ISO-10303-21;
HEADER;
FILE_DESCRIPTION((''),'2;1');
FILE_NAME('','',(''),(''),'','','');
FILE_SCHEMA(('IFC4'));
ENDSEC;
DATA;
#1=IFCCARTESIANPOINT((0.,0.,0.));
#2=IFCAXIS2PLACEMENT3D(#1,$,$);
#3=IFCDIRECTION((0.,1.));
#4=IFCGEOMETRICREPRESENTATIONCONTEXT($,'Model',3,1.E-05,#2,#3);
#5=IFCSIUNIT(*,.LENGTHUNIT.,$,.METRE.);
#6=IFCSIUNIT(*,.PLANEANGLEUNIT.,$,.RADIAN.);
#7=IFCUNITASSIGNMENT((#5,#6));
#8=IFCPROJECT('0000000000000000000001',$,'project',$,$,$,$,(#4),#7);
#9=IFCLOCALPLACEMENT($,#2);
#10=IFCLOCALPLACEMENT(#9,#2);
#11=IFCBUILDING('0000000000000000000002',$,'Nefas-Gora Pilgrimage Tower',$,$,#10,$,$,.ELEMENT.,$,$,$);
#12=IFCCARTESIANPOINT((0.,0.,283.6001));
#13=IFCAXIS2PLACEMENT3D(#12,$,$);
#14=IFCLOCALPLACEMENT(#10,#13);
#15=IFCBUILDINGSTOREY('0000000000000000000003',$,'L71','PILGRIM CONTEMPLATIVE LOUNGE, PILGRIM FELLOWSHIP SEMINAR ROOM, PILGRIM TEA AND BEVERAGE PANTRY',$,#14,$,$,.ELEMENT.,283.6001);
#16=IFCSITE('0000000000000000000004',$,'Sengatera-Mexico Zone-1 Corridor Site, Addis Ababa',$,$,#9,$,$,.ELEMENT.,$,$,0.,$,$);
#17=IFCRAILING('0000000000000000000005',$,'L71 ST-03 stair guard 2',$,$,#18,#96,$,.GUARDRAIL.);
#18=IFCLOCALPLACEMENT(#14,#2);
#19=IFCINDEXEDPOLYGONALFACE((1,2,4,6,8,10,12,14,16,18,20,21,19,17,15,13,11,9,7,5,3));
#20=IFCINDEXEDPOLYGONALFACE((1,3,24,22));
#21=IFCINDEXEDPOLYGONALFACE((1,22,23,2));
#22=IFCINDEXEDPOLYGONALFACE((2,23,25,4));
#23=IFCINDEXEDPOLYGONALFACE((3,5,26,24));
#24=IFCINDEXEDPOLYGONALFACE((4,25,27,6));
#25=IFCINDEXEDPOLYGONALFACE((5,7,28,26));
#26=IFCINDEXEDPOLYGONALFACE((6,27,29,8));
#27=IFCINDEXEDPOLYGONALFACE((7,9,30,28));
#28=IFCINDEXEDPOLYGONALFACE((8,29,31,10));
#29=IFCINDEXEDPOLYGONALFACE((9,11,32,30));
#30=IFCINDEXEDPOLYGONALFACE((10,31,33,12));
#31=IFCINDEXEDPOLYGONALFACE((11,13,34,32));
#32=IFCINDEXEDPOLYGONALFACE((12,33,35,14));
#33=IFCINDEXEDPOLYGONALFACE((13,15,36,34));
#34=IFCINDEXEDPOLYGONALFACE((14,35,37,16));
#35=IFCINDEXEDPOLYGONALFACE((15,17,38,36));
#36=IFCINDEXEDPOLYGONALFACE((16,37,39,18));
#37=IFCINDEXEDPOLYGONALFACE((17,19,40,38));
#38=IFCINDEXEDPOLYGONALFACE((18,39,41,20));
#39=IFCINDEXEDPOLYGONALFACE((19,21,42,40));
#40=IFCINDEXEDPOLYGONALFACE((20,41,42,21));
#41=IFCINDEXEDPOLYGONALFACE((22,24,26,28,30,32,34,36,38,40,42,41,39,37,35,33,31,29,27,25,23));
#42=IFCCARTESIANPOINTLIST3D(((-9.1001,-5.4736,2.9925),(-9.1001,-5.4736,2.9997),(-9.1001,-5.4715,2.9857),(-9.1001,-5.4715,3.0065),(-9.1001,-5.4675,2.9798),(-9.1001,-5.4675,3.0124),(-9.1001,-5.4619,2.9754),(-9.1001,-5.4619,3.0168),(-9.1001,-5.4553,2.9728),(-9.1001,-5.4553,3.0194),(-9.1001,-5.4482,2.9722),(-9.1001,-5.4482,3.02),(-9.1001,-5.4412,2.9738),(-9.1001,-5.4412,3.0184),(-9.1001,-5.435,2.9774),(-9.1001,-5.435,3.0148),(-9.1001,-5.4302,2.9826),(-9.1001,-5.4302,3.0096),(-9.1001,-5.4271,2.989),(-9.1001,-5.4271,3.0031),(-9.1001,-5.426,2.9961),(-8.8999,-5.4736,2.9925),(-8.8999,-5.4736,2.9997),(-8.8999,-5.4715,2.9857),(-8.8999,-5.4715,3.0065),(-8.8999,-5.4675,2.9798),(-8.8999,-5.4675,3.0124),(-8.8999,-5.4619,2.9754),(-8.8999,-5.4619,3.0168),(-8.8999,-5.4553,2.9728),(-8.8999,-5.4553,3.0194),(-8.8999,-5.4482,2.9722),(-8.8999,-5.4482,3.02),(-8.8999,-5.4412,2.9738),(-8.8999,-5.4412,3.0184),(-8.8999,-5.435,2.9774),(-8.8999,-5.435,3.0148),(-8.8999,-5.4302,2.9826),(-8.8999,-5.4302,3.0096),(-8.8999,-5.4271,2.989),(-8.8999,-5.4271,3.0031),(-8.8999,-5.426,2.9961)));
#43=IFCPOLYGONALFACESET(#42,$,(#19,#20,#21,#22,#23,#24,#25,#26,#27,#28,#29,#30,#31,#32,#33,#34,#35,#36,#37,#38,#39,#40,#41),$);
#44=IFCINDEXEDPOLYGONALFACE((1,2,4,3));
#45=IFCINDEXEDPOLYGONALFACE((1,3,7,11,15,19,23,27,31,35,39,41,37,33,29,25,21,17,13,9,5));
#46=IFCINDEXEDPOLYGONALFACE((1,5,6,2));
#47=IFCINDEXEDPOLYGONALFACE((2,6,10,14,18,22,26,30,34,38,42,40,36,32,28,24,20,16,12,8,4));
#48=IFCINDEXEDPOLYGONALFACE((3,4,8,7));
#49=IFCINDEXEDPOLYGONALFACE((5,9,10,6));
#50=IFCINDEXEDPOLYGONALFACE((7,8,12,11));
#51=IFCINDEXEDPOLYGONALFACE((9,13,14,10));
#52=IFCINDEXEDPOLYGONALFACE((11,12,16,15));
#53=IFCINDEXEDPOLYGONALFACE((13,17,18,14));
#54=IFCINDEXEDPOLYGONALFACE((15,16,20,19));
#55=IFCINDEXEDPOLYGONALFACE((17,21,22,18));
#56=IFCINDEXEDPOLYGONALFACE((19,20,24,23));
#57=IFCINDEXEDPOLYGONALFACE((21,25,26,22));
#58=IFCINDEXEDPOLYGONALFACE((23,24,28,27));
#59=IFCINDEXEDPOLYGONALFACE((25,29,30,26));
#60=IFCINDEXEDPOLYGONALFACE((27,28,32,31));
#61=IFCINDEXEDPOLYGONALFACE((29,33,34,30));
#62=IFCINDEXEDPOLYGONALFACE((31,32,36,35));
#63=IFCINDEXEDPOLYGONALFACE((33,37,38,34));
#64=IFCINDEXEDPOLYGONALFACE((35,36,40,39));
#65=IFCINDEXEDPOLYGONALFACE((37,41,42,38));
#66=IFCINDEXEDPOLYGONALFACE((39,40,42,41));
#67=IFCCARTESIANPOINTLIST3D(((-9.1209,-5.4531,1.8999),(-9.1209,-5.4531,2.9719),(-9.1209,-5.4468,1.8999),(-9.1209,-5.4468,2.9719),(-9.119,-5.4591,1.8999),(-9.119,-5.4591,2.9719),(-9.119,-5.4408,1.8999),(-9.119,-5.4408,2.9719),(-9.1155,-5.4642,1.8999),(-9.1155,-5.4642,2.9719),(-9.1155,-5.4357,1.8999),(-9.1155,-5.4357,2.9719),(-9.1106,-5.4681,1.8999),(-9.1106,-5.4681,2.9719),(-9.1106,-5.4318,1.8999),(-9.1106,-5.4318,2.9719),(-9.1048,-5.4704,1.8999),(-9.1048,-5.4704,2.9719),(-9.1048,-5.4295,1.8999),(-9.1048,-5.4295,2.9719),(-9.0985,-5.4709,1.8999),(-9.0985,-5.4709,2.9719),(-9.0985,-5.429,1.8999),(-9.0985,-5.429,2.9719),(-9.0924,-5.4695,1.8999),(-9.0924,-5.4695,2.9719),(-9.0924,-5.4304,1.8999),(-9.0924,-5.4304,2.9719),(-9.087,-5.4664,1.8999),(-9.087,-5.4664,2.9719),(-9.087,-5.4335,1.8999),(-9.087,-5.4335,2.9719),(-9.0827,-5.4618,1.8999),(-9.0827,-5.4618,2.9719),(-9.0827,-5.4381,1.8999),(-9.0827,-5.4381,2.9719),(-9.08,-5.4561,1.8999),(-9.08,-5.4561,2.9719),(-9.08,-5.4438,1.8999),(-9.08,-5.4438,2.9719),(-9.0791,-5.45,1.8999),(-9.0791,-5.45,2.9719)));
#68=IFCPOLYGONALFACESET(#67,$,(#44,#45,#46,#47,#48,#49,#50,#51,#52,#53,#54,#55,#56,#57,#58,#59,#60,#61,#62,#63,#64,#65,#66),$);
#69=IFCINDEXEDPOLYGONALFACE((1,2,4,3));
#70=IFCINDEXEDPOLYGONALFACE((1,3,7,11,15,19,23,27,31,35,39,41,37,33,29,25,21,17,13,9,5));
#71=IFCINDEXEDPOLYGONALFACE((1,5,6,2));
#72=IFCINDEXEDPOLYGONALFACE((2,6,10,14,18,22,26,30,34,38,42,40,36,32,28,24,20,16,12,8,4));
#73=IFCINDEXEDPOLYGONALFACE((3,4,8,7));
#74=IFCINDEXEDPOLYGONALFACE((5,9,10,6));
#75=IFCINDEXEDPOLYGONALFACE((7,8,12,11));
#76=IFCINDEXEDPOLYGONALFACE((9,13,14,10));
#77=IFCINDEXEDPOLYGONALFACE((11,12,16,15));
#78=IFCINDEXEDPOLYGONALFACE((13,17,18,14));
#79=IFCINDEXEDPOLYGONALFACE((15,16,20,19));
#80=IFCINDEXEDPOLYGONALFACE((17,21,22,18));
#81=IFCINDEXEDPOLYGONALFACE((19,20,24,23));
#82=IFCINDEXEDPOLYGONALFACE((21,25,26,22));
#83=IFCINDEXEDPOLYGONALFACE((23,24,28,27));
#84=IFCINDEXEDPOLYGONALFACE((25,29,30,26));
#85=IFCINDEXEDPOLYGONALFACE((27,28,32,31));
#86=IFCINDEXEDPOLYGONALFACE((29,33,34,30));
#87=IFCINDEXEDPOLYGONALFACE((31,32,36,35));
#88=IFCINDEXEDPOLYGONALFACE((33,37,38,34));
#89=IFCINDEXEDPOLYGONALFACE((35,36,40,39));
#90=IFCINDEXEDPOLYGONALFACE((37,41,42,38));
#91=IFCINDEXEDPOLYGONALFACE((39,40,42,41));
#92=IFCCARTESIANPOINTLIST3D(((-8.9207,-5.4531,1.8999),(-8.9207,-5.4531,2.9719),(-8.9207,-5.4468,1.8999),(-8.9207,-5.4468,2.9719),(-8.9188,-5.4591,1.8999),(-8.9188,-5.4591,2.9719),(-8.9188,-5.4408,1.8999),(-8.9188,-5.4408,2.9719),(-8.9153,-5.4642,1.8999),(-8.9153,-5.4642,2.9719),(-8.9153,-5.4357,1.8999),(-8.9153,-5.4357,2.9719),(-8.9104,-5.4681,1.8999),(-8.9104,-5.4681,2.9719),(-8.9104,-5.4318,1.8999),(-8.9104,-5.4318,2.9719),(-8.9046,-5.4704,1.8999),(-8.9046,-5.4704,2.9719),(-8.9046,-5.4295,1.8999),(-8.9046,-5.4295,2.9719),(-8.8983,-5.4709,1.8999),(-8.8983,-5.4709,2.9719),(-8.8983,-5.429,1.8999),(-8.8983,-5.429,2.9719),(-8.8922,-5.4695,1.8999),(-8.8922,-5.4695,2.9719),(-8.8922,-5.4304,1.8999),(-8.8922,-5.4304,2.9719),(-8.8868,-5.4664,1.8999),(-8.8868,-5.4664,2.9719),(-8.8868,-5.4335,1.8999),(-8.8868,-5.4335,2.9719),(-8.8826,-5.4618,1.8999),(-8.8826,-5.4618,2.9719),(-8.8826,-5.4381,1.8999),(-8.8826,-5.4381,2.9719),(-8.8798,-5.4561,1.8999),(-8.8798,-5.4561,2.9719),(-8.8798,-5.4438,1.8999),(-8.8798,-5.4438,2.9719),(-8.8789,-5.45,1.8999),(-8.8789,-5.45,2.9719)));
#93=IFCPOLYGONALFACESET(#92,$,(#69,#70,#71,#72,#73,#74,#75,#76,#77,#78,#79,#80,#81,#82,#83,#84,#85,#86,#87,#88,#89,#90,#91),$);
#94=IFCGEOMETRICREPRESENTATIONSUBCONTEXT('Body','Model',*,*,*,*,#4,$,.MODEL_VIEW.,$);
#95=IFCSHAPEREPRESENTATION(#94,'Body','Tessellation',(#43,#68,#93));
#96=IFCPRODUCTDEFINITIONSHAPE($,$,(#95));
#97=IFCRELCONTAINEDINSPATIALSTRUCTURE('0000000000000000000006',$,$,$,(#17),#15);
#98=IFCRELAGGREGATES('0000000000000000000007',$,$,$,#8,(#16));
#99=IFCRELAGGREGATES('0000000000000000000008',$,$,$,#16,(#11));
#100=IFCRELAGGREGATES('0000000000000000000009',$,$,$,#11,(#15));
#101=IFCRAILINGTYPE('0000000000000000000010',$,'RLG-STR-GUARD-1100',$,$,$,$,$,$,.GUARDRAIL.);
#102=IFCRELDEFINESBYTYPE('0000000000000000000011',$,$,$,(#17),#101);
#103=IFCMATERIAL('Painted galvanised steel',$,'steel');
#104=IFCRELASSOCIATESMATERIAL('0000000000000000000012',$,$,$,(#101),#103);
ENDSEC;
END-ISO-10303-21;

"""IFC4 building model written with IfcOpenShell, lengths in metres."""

from ifc_helpers import new_model, si_unit, direction, frame, origin, origin_2d, place, context, subcontext, project, spatial, circle, extrude, material, type_object, element, save


model = new_model("IFC4")

# Units and contexts
model_context = context("Model", 3, precision=1e-05, world=origin(), true_north=direction((0.0, 1.0)))
body_context = subcontext(model_context, "Body", "Model", "MODEL_VIEW")
ifc_project = project(units=[si_unit("LENGTHUNIT", "METRE"), si_unit("PLANEANGLEUNIT", "RADIAN")], contexts=[model_context])

# Site, building, storey
site_placement = place(None, origin())
site = spatial("IfcSite", under=ifc_project, at=site_placement, Name="Sengatera-Mexico Zone-1 Corridor Site, Addis Ababa", CompositionType="ELEMENT", RefElevation=0.0)
building_placement = place(site_placement, origin())
building = spatial("IfcBuilding", under=site, at=building_placement, Name="Nefas-Gora Pilgrimage Tower", CompositionType="ELEMENT")
storey_placement = place(building_placement, frame((0.0, 0.0, 283.6001)))
storey = spatial("IfcBuildingStorey", under=building, at=storey_placement, Name="L71", Description="PILGRIM CONTEMPLATIVE LOUNGE, PILGRIM FELLOWSHIP SEMINAR ROOM, PILGRIM TEA AND BEVERAGE PANTRY", CompositionType="ELEMENT", Elevation=283.6001)

# Railing
ifc_material_1 = material(Name="Painted galvanised steel", Category="steel")
railing_type_1 = type_object("IfcRailingType", Name="RLG-STR-GUARD-1100", PredefinedType="GUARDRAIL", material=ifc_material_1)
railing_1_placement = place(storey_placement, frame((-9.1001, -5.45, 1.8999)))
element("IfcRailing", 1, at=railing_1_placement, inside=storey, type_object=railing_type_1, Name="L71 ST-03 stair guard 2", PredefinedType="GUARDRAIL", context=body_context, shape_type="SweptSolid", body=[
    extrude(circle(Radius=0.0239, at=origin_2d()), frame((0.0, 0.0, 1.0962), z_axis=(1.0, 0.0, 0.0), x_axis=(0.0, 1.0, 0.0)), (0.0, 0.0, 1.0), 0.2002),
    extrude(circle(Radius=0.021, at=origin_2d()), origin(), (0.0, 0.0, 1.0), 1.072),
    extrude(circle(Radius=0.021, at=origin_2d()), frame((0.2002, 0.0, 0.0)), (0.0, 0.0, 1.0), 1.072),
])

save(model, "model.ifc")
